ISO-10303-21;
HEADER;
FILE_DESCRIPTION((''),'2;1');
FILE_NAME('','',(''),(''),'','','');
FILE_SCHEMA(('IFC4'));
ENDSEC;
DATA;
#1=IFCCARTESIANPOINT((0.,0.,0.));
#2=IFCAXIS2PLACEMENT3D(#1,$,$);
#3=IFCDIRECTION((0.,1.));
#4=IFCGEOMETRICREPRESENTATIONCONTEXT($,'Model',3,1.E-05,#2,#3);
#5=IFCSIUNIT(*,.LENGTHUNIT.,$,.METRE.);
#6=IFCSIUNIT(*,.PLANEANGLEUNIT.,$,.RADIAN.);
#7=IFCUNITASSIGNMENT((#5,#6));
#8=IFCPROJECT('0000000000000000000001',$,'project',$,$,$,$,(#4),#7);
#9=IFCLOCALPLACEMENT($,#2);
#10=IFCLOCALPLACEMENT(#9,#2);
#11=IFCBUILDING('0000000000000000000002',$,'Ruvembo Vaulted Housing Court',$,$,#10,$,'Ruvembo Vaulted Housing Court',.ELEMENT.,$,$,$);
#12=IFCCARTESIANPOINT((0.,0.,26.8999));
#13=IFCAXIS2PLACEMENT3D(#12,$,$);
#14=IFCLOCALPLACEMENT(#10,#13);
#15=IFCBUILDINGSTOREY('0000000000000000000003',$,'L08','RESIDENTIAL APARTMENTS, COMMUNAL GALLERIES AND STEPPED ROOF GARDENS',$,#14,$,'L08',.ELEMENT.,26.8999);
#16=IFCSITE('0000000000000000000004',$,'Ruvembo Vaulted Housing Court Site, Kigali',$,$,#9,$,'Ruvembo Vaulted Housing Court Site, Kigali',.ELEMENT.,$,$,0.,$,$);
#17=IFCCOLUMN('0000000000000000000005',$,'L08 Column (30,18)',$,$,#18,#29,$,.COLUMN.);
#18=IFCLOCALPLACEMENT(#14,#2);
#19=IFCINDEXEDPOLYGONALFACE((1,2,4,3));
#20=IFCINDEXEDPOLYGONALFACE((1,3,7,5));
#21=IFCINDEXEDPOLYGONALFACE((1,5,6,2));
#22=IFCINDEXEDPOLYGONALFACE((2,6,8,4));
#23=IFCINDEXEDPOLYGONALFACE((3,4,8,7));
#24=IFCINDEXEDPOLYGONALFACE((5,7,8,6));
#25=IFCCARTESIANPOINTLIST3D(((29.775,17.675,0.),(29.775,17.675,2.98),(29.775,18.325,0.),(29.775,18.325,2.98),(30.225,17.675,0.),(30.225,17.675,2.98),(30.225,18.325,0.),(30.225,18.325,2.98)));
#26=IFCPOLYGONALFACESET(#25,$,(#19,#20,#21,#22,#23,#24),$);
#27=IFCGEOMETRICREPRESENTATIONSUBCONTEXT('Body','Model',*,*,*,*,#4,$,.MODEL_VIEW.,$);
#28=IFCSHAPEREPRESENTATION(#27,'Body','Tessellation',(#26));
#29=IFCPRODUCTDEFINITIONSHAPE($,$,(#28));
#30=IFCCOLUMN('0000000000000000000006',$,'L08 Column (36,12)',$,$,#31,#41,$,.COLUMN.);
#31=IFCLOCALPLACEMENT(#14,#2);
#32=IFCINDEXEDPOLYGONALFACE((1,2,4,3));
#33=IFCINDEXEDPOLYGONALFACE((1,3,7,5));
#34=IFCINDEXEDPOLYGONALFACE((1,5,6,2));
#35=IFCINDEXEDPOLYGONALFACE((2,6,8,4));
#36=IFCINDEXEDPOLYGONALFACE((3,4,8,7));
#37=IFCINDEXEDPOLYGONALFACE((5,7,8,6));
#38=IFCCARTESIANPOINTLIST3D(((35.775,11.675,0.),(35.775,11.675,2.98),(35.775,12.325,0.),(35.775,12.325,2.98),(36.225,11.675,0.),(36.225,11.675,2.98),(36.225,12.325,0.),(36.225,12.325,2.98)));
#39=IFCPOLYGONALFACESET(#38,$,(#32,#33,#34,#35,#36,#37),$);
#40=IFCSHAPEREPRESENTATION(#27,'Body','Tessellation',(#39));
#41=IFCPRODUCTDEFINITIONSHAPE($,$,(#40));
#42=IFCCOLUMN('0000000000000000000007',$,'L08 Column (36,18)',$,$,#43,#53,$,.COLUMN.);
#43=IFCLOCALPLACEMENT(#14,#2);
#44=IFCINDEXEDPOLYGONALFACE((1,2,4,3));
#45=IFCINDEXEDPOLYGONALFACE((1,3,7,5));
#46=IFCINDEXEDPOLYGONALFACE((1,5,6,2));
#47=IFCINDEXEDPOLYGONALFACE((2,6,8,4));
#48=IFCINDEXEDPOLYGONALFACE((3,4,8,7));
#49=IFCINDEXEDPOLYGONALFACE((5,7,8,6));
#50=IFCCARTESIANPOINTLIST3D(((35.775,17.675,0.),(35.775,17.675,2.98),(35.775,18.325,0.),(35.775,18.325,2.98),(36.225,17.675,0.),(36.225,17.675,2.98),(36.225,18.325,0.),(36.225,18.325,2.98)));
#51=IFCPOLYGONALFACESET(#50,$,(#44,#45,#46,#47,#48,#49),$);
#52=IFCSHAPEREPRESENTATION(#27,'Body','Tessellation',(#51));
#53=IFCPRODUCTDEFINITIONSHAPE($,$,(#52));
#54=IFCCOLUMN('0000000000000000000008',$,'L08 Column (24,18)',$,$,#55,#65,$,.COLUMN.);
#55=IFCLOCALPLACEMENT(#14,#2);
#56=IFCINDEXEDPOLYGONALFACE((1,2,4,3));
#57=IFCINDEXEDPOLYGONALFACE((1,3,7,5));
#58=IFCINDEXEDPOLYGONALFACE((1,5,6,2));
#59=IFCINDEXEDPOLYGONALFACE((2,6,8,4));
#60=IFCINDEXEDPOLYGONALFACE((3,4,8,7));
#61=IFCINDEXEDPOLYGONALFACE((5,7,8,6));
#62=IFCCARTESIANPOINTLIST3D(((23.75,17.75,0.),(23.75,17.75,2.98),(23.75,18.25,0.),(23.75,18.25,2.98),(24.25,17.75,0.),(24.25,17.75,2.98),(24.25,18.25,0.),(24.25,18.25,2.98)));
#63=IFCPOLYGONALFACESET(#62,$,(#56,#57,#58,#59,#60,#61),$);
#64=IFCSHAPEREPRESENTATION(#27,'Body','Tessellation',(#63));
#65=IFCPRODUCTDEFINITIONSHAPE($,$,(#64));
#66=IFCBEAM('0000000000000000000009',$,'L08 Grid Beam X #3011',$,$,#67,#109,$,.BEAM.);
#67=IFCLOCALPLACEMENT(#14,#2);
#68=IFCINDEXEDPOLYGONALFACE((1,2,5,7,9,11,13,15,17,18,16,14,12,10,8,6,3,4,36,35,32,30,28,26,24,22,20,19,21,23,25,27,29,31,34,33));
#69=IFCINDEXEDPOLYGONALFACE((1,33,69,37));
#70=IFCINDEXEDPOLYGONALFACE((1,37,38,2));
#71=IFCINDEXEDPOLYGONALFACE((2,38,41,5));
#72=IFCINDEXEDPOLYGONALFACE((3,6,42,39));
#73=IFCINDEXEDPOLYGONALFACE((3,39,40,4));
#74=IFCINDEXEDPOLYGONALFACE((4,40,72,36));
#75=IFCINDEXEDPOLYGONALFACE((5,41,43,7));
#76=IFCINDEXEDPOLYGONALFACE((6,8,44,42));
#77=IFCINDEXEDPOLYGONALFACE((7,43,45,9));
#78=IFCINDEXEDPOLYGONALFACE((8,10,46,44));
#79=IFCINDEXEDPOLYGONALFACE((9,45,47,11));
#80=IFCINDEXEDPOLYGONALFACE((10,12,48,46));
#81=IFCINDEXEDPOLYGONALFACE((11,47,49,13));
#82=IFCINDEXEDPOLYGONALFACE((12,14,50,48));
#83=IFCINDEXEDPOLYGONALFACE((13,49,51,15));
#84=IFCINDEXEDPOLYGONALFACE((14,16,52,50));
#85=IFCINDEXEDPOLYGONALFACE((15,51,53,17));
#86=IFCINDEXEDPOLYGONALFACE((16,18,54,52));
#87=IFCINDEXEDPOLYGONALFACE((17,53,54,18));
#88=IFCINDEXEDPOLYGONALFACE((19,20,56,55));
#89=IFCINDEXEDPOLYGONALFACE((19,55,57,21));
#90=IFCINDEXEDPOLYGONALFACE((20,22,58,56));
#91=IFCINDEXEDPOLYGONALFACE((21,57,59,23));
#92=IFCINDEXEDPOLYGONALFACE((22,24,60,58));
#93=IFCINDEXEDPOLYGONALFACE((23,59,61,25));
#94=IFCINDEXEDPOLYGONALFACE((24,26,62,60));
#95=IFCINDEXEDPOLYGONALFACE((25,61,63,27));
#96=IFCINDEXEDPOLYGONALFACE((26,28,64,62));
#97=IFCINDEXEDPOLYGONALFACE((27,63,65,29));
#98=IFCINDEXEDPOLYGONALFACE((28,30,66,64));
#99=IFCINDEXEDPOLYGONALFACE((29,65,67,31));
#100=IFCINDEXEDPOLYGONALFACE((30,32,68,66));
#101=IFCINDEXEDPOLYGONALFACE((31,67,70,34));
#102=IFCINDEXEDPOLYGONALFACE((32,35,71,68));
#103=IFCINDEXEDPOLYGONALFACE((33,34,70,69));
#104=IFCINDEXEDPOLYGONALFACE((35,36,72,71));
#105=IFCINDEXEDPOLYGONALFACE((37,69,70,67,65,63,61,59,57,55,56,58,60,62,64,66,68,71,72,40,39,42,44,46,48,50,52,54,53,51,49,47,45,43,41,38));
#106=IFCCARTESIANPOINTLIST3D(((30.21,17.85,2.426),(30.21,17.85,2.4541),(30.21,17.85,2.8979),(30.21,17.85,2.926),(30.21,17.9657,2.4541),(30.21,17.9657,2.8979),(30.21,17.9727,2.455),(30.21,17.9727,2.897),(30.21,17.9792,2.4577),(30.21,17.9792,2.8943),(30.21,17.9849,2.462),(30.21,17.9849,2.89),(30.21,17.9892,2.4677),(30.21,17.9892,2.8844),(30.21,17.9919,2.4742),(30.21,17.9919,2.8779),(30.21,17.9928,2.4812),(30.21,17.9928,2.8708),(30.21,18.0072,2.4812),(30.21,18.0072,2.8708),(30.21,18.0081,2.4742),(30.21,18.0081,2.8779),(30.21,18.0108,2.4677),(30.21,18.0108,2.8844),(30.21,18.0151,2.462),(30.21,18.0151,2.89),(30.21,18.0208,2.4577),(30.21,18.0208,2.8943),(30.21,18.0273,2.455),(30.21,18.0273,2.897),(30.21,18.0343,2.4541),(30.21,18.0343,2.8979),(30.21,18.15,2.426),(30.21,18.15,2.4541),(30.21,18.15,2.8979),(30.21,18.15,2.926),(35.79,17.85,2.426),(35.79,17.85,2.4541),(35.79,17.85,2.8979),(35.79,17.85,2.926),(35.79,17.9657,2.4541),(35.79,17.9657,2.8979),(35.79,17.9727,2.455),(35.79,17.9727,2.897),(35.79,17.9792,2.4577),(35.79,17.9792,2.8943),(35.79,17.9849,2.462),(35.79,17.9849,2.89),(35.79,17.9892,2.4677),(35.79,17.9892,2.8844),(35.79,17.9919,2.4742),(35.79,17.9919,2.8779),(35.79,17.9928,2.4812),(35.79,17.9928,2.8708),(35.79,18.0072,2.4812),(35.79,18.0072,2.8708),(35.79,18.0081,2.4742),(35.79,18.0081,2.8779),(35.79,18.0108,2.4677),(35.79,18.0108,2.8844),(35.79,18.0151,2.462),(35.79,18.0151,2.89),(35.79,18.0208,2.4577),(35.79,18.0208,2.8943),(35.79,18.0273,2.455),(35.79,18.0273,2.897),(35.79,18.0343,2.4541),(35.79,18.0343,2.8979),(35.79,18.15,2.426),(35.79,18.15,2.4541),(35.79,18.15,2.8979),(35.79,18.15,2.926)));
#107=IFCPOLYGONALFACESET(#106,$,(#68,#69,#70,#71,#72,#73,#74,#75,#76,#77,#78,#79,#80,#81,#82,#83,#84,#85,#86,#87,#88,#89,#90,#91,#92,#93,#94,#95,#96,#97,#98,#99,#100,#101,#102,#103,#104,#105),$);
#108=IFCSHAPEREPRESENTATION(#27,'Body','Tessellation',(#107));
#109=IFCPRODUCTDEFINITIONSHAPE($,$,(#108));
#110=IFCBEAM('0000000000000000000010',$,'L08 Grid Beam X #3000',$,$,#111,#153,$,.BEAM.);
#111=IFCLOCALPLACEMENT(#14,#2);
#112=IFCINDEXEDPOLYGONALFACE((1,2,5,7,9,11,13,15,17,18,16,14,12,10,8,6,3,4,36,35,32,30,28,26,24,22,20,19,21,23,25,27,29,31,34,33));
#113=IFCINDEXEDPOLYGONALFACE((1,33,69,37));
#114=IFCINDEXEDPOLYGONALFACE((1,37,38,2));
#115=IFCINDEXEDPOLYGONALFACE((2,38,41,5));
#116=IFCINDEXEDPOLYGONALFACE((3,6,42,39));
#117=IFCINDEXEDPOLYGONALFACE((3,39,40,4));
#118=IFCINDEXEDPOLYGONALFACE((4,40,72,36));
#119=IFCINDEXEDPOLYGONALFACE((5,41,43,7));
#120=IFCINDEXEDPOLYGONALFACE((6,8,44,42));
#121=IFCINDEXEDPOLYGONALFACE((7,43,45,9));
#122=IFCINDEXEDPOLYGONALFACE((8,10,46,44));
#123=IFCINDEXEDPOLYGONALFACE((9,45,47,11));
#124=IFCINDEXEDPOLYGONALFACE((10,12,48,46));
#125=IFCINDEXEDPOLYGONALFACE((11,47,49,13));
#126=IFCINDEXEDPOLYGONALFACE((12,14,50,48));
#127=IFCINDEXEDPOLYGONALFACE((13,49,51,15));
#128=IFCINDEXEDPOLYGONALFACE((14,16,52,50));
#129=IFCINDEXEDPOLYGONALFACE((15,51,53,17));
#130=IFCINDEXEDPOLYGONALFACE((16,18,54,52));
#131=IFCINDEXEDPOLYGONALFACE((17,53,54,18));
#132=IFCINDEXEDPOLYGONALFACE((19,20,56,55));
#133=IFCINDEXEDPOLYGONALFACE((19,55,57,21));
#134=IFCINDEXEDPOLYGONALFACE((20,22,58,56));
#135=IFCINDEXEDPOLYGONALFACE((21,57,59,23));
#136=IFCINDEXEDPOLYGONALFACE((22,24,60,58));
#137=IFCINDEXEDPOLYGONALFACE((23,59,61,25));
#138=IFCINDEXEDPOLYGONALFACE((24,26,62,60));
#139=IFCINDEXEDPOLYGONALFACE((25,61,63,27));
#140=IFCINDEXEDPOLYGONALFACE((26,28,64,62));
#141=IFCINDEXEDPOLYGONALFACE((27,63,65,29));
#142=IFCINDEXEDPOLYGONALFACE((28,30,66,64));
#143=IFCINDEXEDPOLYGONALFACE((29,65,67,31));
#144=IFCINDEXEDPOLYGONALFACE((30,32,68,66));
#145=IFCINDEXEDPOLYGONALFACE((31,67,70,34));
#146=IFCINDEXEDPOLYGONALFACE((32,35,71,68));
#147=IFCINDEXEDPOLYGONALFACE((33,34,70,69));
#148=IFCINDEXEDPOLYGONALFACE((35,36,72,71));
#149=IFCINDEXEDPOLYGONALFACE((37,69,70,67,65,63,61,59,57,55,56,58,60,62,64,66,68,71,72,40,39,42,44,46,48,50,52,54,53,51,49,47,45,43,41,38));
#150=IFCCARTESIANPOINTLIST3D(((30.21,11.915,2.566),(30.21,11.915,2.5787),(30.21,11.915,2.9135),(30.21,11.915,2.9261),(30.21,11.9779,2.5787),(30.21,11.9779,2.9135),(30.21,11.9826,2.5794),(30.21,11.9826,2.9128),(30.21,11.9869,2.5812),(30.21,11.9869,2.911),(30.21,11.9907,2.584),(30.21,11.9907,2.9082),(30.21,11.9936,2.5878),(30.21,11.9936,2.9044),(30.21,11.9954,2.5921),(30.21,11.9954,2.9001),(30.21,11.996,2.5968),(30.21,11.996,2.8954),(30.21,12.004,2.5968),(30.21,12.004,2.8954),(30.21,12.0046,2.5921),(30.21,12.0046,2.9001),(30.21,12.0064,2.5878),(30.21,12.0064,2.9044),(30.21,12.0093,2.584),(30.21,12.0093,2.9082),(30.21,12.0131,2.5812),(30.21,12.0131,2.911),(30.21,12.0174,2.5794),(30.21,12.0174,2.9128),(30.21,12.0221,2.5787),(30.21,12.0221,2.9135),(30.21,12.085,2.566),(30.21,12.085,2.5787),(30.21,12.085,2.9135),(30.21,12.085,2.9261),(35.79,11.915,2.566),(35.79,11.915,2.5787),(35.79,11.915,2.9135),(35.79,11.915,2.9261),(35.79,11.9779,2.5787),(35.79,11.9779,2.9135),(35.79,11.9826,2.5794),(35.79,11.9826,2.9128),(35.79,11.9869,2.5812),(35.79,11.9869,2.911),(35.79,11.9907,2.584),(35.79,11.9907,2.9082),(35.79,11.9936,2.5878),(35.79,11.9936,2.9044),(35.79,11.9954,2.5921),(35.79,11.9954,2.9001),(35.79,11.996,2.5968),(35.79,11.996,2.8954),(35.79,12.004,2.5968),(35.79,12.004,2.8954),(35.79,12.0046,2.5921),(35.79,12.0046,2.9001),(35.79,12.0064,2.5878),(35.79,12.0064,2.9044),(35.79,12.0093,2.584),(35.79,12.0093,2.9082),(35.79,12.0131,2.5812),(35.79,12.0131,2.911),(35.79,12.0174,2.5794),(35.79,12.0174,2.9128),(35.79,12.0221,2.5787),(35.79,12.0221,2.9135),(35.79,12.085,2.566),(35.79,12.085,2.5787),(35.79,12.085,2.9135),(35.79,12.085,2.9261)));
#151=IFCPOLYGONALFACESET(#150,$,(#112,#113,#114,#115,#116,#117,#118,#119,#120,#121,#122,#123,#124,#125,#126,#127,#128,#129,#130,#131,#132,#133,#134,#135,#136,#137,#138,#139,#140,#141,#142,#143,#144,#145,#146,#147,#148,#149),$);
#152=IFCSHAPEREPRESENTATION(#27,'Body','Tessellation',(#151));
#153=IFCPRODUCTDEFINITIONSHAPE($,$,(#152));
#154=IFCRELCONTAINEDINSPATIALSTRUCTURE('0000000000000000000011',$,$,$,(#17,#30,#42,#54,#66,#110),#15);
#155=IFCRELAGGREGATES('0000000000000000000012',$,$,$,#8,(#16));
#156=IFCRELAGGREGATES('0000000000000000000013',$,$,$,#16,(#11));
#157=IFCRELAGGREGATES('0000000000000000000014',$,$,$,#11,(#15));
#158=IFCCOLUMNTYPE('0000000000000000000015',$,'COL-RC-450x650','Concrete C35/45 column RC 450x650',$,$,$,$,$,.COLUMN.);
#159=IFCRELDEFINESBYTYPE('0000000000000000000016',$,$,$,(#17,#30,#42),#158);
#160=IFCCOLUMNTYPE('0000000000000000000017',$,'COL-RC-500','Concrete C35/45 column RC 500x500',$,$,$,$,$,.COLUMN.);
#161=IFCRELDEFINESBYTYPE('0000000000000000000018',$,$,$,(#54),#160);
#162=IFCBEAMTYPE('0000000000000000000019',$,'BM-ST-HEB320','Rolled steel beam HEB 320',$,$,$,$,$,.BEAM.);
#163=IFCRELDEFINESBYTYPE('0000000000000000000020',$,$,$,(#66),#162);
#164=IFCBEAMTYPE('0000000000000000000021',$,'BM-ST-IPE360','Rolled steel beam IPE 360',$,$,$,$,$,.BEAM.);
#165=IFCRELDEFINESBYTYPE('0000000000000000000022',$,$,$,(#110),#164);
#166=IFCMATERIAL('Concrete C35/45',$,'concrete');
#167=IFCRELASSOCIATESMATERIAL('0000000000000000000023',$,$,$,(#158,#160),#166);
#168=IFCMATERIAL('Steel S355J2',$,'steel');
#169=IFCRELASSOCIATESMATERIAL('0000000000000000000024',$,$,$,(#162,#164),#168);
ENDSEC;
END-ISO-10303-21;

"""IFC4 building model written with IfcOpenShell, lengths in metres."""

from ifc_helpers import new_model, si_unit, direction, frame, origin, origin_2d, place, context, subcontext, project, spatial, rectangle, i_section, extrude, material, material_profile, profile_set, type_object, element, save


model = new_model("IFC4")

# Units and contexts
model_context = context("Model", 3, precision=1e-05, world=origin(), true_north=direction((0.0, 1.0)))
body_context = subcontext(model_context, "Body", "Model", "MODEL_VIEW")
ifc_project = project(units=[si_unit("LENGTHUNIT", "METRE"), si_unit("PLANEANGLEUNIT", "RADIAN")], contexts=[model_context])

# Site, building, storey
site_placement = place(None, origin())
site = spatial("IfcSite", under=ifc_project, at=site_placement, Name="Ruvembo Vaulted Housing Court Site, Kigali", LongName="Ruvembo Vaulted Housing Court Site, Kigali", CompositionType="ELEMENT", RefElevation=0.0)
building_placement = place(site_placement, origin())
building = spatial("IfcBuilding", under=site, at=building_placement, Name="Ruvembo Vaulted Housing Court", LongName="Ruvembo Vaulted Housing Court", CompositionType="ELEMENT")
storey_placement = place(building_placement, frame((0.0, 0.0, 26.8999)))
storey = spatial("IfcBuildingStorey", under=building, at=storey_placement, Name="L08", Description="RESIDENTIAL APARTMENTS, COMMUNAL GALLERIES AND STEPPED ROOF GARDENS", LongName="L08", CompositionType="ELEMENT", Elevation=26.8999)

# Columns
ifc_material_1 = material(Name="Concrete C35/45", Category="concrete")
ifc_material_profile_1 = material_profile(ifc_material_1, rectangle(XDim=0.45, YDim=0.6499, at=origin_2d()), Name="RC 450x650")
ifc_profile_set_1 = profile_set([ifc_material_profile_1], Name="Concrete C35/45")
column_type_1 = type_object("IfcColumnType", Name="COL-RC-450x650", Description="Concrete C35/45 column RC 450x650", PredefinedType="COLUMN", material=ifc_profile_set_1)
for number, where, z_axis, x_axis, name in (
    (1, (30.0, 18.0, 0.0), (0.0, 0.0, 1.0), (1.0, 0.0, 0.0), "L08 Column (30,18)"),
    (2, (36.0, 12.0, 0.0), (0.0, 0.0, 1.0), (1.0, 0.0, 0.0), "L08 Column (36,12)"),
    (3, (36.0, 18.0, 0.0), (0.0, 0.0, 1.0), (1.0, 0.0, 0.0), "L08 Column (36,18)"),
):
    element("IfcColumn", number, at=place(storey_placement, frame(where, z_axis=z_axis, x_axis=x_axis)), inside=storey, type_object=column_type_1, Name=name, PredefinedType="COLUMN", context=body_context, shape_type="SweptSolid", body=[
        extrude(rectangle(XDim=0.45, YDim=0.6499, at=origin_2d()), origin(), (0.0, 0.0, 1.0), 2.98),
    ])
ifc_material_profile_2 = material_profile(ifc_material_1, rectangle(XDim=0.5, YDim=0.5, at=origin_2d()), Name="RC 500x500")
ifc_profile_set_2 = profile_set([ifc_material_profile_2], Name="Concrete C35/45")
column_type_2 = type_object("IfcColumnType", Name="COL-RC-500", Description="Concrete C35/45 column RC 500x500", PredefinedType="COLUMN", material=ifc_profile_set_2)
column_placement = place(storey_placement, frame((24.0, 18.0, 0.0), z_axis=(0.0, 0.0, 1.0), x_axis=(1.0, 0.0, 0.0)))
element("IfcColumn", 4, at=column_placement, inside=storey, type_object=column_type_2, Name="L08 Column (24,18)", PredefinedType="COLUMN", context=body_context, shape_type="SweptSolid", body=[
    extrude(rectangle(XDim=0.5, YDim=0.5, at=origin_2d()), origin(), (0.0, 0.0, 1.0), 2.98),
])

# Beams
ifc_material_2 = material(Name="Steel S355J2", Category="steel")
ifc_material_profile_3 = material_profile(ifc_material_2, i_section(OverallWidth=0.3, OverallDepth=0.5, WebThickness=0.0144, FlangeThickness=0.0281, FilletRadius=0.0271, at=origin_2d()), Name="HEB 320")
ifc_profile_set_3 = profile_set([ifc_material_profile_3], Name="Steel S355J2")
beam_type_1 = type_object("IfcBeamType", Name="BM-ST-HEB320", Description="Rolled steel beam HEB 320", PredefinedType="BEAM", material=ifc_profile_set_3)
beam_1_placement = place(storey_placement, frame((30.21, 18.0, 2.676), z_axis=(1.0, 0.0, 0.0), x_axis=(0.0, 1.0, 0.0)))
element("IfcBeam", 5, at=beam_1_placement, inside=storey, type_object=beam_type_1, Name="L08 Grid Beam X #3011", PredefinedType="BEAM", context=body_context, shape_type="SweptSolid", body=[
    extrude(i_section(OverallWidth=0.3, OverallDepth=0.5, WebThickness=0.0144, FlangeThickness=0.0281, FilletRadius=0.0271, at=origin_2d()), origin(), (0.0, 0.0, 1.0), 5.5801),
])
ifc_material_profile_4 = material_profile(ifc_material_2, i_section(OverallWidth=0.1699, OverallDepth=0.3601, WebThickness=0.0081, FlangeThickness=0.0127, FilletRadius=0.0181, at=origin_2d()), Name="IPE 360")
ifc_profile_set_4 = profile_set([ifc_material_profile_4], Name="Steel S355J2")
beam_type_2 = type_object("IfcBeamType", Name="BM-ST-IPE360", Description="Rolled steel beam IPE 360", PredefinedType="BEAM", material=ifc_profile_set_4)
beam_2_placement = place(storey_placement, frame((30.21, 12.0, 2.7461), z_axis=(1.0, 0.0, 0.0), x_axis=(0.0, 1.0, 0.0)))
element("IfcBeam", 6, at=beam_2_placement, inside=storey, type_object=beam_type_2, Name="L08 Grid Beam X #3000", PredefinedType="BEAM", context=body_context, shape_type="SweptSolid", body=[
    extrude(i_section(OverallWidth=0.1699, OverallDepth=0.3601, WebThickness=0.0081, FlangeThickness=0.0127, FilletRadius=0.0181, at=origin_2d()), origin(), (0.0, 0.0, 1.0), 5.5801),
])

save(model, "model.ifc")
